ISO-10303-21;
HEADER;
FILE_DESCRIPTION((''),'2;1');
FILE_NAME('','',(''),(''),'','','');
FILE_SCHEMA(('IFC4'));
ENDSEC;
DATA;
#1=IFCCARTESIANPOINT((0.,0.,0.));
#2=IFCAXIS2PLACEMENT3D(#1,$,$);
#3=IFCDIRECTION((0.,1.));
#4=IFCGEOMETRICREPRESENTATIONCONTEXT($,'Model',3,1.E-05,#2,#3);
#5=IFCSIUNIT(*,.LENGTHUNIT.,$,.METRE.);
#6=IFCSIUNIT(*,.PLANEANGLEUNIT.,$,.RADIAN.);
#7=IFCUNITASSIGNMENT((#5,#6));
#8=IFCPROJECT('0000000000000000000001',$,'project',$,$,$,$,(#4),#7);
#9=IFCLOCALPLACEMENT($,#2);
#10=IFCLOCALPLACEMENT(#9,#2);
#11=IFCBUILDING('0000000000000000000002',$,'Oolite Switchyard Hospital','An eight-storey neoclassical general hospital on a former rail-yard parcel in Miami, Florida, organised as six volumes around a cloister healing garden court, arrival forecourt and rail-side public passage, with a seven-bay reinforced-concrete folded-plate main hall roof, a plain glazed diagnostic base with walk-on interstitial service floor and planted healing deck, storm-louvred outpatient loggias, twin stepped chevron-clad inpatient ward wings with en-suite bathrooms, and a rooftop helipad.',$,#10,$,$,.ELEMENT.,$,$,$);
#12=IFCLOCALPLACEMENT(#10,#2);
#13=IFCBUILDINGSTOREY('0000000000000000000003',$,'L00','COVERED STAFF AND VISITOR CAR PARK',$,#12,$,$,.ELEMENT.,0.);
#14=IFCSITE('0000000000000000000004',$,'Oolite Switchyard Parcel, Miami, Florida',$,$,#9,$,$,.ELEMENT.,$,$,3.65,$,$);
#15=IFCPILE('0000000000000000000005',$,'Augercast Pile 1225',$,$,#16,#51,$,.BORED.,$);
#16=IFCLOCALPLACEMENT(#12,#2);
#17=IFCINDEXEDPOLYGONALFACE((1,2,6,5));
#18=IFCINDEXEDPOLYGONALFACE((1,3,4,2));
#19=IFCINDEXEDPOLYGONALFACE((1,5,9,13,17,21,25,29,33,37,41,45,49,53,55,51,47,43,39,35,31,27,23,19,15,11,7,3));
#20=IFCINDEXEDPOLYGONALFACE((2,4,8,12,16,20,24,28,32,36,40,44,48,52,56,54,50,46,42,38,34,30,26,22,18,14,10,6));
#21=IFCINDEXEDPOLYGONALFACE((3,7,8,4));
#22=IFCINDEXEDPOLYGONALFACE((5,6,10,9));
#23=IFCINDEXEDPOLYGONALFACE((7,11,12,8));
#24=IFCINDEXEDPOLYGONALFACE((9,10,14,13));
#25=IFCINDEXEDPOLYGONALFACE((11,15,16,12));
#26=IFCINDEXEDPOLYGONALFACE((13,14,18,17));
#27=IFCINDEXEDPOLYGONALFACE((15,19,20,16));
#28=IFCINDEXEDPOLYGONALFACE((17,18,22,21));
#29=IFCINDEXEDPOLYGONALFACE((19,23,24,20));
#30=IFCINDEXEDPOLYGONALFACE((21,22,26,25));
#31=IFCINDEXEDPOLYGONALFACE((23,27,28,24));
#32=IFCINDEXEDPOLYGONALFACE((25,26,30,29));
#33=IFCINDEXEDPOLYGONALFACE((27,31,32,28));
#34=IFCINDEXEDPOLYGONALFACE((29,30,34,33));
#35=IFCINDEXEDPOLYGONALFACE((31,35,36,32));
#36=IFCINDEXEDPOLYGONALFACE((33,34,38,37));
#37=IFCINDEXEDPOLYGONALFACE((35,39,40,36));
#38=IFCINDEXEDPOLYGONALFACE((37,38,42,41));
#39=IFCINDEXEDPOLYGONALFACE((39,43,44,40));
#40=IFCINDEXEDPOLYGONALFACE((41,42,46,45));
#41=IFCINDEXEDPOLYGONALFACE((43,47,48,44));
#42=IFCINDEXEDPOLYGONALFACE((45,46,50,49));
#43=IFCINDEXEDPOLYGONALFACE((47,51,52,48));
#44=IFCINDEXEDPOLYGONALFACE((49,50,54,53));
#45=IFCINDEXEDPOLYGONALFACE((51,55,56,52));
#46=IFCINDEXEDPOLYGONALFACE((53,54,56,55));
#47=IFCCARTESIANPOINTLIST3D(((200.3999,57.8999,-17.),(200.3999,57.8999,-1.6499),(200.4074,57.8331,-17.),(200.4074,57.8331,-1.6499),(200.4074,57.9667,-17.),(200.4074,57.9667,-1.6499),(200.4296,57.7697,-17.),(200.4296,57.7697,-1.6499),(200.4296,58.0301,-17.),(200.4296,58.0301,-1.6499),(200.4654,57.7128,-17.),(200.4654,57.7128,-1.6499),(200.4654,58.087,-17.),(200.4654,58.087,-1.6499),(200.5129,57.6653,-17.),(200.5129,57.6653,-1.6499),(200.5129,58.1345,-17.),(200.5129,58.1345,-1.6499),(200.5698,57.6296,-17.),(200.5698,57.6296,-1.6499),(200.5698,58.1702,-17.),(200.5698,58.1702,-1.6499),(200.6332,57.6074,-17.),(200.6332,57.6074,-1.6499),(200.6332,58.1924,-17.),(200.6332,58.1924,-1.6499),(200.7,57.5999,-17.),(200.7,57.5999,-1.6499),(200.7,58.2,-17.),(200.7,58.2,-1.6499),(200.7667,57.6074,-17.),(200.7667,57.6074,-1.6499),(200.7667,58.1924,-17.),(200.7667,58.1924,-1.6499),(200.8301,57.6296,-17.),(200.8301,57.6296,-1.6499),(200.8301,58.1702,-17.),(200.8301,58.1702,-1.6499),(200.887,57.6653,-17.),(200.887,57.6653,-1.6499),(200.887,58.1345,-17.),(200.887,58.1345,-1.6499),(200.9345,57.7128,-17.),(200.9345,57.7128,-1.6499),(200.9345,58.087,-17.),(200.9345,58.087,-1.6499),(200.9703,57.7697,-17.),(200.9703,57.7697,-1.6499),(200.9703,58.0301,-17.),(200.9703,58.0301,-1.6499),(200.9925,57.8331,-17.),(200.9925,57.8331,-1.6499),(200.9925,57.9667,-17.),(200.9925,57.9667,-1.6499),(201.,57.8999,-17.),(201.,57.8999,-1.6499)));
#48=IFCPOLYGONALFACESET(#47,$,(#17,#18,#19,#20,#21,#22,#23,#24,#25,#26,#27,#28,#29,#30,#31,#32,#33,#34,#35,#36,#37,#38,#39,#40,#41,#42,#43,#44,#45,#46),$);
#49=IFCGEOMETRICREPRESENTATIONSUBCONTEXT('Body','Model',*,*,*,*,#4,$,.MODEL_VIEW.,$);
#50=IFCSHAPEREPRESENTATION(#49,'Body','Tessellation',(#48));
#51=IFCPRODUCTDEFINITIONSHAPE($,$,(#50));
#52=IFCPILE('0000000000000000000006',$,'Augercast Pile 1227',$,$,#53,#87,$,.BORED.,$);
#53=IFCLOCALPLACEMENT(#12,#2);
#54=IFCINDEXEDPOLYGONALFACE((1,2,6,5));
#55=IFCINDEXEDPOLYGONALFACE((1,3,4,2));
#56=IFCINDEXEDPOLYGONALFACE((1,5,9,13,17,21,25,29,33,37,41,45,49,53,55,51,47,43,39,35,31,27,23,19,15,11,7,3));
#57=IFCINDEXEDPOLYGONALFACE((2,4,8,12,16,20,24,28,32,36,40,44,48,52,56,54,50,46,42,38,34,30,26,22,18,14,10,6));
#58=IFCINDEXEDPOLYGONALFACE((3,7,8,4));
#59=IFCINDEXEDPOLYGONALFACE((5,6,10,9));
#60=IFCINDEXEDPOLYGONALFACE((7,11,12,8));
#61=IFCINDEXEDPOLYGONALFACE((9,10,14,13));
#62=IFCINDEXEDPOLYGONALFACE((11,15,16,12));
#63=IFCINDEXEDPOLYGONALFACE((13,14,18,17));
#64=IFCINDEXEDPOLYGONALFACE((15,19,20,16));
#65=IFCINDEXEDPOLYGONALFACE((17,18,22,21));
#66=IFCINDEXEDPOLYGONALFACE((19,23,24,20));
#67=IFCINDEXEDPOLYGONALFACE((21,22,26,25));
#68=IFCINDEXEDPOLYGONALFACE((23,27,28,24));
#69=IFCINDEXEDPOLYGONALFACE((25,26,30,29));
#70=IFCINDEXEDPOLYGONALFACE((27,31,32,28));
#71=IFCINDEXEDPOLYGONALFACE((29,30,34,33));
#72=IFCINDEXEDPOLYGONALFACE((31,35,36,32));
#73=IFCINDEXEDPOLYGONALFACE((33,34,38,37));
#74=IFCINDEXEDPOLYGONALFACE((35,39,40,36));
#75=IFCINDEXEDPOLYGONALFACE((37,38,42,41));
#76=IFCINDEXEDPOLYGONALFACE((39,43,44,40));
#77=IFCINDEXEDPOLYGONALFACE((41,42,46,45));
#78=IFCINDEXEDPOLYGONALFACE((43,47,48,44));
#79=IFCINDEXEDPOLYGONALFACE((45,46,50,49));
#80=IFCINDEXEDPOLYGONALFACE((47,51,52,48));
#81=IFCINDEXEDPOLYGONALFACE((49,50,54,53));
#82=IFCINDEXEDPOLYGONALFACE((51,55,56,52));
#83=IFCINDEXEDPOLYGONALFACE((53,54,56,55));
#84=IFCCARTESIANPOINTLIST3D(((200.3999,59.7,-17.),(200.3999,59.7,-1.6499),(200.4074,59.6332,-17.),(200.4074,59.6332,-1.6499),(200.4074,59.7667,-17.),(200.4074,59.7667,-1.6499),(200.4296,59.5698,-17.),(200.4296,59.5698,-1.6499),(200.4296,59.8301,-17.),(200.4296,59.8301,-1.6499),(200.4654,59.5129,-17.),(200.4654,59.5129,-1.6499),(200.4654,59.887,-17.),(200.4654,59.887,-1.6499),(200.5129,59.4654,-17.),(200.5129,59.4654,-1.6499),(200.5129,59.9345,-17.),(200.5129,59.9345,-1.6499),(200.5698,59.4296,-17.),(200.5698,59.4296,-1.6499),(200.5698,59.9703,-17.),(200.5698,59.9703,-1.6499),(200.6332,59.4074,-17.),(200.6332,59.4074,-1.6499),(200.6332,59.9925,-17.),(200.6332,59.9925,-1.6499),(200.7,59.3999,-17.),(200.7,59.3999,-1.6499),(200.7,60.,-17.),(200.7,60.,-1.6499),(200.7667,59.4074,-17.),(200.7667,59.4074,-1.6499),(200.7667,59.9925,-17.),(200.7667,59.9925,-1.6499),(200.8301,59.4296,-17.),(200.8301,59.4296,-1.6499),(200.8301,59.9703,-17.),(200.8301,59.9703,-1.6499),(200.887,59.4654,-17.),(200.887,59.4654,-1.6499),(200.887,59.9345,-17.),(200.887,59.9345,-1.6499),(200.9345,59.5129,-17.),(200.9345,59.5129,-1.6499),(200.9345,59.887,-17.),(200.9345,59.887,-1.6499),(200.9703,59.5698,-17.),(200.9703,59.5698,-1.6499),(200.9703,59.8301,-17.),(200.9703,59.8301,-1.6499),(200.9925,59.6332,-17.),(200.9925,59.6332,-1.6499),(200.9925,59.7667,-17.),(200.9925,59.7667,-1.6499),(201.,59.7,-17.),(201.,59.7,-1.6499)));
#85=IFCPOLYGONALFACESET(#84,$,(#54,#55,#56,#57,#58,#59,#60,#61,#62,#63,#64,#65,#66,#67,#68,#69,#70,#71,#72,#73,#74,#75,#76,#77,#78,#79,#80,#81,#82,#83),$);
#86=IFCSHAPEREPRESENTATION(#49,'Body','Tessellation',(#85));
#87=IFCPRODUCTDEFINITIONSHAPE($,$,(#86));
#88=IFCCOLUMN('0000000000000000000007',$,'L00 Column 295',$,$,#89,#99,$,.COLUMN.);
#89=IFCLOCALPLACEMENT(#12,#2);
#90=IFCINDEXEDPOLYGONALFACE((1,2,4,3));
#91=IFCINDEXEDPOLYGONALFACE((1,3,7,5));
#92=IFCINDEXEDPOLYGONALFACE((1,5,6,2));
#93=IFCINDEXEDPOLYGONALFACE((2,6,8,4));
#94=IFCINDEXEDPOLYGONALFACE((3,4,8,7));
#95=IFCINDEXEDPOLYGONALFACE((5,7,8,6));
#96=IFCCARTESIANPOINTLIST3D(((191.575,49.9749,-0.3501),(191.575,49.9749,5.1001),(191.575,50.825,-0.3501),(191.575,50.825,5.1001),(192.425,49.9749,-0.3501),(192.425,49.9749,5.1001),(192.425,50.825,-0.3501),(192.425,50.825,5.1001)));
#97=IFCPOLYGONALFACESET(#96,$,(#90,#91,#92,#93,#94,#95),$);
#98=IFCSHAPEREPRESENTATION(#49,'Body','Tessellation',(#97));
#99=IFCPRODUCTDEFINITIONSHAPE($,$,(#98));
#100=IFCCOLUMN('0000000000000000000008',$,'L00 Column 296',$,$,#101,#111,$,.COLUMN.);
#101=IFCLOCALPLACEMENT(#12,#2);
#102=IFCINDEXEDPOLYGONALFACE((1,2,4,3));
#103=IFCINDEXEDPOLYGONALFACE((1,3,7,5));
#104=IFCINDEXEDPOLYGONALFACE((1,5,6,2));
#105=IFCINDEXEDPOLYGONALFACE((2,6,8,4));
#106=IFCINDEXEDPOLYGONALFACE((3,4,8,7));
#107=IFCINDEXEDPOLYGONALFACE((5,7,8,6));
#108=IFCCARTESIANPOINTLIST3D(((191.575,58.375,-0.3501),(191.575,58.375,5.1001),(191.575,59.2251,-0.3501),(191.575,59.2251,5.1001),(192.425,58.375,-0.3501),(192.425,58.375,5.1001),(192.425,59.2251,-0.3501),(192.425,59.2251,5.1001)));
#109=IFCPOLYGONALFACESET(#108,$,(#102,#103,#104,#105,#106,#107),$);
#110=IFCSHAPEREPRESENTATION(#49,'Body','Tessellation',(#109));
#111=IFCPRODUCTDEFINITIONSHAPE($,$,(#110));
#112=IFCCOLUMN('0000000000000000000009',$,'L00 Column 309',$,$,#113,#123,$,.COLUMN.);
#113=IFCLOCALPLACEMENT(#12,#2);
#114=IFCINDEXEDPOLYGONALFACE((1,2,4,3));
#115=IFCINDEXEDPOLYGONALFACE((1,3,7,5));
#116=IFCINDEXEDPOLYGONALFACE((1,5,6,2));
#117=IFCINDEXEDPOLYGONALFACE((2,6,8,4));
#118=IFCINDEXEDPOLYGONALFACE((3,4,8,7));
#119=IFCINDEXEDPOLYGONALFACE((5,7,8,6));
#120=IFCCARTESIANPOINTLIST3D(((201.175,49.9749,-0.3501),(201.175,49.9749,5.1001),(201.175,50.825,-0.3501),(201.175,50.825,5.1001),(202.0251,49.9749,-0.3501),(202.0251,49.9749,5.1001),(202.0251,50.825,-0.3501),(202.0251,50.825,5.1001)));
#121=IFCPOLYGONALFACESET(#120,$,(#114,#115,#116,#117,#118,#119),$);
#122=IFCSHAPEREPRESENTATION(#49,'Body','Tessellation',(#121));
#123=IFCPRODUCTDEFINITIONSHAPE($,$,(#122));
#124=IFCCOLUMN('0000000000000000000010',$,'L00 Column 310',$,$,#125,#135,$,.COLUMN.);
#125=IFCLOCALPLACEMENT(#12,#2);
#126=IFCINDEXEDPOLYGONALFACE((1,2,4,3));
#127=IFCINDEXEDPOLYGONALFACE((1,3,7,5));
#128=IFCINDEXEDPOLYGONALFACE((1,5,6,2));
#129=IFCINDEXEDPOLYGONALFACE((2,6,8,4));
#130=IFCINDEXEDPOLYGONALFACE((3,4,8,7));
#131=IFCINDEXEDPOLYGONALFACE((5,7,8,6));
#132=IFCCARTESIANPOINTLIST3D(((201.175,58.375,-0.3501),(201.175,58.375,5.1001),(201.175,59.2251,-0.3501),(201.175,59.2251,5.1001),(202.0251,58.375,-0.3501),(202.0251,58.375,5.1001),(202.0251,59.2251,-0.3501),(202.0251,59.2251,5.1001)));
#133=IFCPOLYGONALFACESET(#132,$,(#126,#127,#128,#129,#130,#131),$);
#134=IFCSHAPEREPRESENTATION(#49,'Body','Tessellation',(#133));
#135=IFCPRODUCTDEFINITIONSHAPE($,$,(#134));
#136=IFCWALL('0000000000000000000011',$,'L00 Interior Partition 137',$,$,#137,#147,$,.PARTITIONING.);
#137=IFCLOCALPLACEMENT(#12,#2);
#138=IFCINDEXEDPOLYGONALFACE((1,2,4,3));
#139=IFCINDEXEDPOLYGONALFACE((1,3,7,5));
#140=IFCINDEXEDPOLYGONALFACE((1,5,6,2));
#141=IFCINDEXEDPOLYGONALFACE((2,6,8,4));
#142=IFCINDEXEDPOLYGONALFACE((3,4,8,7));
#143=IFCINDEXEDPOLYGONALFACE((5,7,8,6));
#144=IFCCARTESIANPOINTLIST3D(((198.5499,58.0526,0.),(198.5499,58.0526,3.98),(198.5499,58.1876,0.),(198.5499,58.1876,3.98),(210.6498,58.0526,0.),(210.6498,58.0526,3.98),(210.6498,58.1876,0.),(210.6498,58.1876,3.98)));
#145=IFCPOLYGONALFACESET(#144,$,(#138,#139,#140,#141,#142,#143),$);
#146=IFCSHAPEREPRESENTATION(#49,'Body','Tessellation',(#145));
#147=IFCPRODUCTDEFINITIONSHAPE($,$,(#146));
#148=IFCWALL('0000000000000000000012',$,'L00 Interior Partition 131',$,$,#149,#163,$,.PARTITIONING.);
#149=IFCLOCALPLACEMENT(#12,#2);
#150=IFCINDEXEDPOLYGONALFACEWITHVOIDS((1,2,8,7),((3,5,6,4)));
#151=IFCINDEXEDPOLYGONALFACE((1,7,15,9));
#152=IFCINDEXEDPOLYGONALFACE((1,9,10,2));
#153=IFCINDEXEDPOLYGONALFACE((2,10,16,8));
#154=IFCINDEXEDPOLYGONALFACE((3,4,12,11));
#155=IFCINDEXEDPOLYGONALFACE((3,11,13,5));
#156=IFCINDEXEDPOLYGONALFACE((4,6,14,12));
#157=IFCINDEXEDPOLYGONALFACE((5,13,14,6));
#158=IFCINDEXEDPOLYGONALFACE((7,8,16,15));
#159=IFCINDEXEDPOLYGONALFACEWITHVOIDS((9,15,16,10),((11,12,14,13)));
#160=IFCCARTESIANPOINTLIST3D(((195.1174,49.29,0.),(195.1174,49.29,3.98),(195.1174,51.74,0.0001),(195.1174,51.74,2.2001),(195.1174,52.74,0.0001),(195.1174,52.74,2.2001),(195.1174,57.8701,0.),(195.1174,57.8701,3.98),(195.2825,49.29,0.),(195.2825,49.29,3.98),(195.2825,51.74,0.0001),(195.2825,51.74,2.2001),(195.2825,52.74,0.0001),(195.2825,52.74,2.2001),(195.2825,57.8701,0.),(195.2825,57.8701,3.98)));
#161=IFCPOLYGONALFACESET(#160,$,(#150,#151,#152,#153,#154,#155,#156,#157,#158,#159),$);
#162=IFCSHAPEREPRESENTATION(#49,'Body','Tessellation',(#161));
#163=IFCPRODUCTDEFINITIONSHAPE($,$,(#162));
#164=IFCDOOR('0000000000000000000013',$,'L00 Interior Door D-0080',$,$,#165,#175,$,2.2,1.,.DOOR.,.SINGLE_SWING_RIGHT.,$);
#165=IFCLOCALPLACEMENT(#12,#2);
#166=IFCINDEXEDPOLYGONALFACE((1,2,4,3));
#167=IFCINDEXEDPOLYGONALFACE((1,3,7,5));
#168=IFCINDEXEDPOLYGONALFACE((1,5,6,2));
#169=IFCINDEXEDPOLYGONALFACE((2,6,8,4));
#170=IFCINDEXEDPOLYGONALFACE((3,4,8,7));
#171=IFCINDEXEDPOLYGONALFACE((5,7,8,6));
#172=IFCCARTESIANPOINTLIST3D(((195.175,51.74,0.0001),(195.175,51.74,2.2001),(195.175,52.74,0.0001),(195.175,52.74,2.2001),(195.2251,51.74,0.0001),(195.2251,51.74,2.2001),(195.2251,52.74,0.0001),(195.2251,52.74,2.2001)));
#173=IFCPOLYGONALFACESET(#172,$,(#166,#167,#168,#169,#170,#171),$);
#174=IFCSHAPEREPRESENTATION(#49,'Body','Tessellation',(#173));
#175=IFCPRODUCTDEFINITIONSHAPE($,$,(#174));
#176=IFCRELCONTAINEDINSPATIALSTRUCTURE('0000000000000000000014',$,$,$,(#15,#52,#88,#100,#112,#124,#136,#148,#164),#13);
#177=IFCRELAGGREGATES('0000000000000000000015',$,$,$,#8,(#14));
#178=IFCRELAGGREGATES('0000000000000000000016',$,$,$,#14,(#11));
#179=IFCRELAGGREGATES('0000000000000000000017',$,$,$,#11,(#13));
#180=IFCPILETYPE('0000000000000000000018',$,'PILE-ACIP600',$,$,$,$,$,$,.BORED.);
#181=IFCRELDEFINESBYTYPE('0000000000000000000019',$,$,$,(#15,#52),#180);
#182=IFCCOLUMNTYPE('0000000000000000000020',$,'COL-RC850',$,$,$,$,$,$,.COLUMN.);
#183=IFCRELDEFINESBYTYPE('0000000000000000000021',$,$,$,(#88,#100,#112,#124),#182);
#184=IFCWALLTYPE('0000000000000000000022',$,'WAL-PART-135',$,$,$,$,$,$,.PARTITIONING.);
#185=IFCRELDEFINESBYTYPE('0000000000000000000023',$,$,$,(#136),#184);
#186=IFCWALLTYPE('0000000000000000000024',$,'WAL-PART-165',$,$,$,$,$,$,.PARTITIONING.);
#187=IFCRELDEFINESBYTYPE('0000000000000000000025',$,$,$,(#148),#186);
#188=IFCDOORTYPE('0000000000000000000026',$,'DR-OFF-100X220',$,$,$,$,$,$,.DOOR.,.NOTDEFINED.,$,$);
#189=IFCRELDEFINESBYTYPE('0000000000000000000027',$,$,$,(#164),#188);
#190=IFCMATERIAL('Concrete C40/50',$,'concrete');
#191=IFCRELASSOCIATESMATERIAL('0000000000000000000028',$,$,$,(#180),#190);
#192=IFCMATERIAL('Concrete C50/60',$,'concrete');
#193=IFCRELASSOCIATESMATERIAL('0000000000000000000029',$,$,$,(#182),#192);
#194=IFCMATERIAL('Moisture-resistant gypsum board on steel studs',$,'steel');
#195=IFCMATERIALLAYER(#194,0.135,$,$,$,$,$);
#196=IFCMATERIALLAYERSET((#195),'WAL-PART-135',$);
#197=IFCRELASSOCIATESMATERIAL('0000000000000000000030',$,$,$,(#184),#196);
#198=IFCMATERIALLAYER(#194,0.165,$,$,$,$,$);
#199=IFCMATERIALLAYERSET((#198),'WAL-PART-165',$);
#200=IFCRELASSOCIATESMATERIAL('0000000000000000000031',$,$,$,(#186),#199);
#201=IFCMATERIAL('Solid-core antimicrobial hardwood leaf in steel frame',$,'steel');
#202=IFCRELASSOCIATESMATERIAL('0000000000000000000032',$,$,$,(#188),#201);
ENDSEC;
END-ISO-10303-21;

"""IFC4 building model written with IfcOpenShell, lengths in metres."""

from ifc_helpers import new_model, si_unit, direction, frame, frame_2d, origin, origin_2d, place, context, subcontext, project, spatial, rectangle, circle, extrude, material, layer, layer_set, material_profile, profile_set, type_object, element, fill, save


model = new_model("IFC4")

# Units and contexts
model_context = context("Model", 3, precision=1e-05, world=origin(), true_north=direction((0.0, 1.0)))
body_context = subcontext(model_context, "Body", "Model", "MODEL_VIEW")
ifc_project = project(units=[si_unit("LENGTHUNIT", "METRE"), si_unit("PLANEANGLEUNIT", "RADIAN")], contexts=[model_context])

# Site, building, storey
site_placement = place(None, origin())
site = spatial("IfcSite", under=ifc_project, at=site_placement, Name="Oolite Switchyard Parcel, Miami, Florida", CompositionType="ELEMENT", RefElevation=3.65)
building_placement = place(site_placement, origin())
building = spatial("IfcBuilding", under=site, at=building_placement, Name="Oolite Switchyard Hospital", Description="An eight-storey neoclassical general hospital on a former rail-yard parcel in Miami, Florida, organised as six volumes around a cloister healing garden court, arrival forecourt and rail-side public passage, with a seven-bay reinforced-concrete folded-plate main hall roof, a plain glazed diagnostic base with walk-on interstitial service floor and planted healing deck, storm-louvred outpatient loggias, twin stepped chevron-clad inpatient ward wings with en-suite bathrooms, and a rooftop helipad.", CompositionType="ELEMENT")
storey_placement = place(building_placement, origin())
storey = spatial("IfcBuildingStorey", under=building, at=storey_placement, Name="L00", Description="COVERED STAFF AND VISITOR CAR PARK", CompositionType="ELEMENT", Elevation=0.0)

# Shared definitions
ifc_material_1 = material(Name="Concrete C40/50", Category="concrete")

# Piles
ifc_material_profile_1 = material_profile(ifc_material_1, circle(Radius=0.3, at=origin_2d()), Name="PILE600")
ifc_profile_set_1 = profile_set([ifc_material_profile_1], Name="Concrete C40/50")
pile_type = type_object("IfcPileType", Name="PILE-ACIP600", PredefinedType="BORED", material=ifc_profile_set_1)
for number, where, z_axis, x_axis, name in (
    (1, (200.7, 57.8999, -1.6499), (0.0, 0.0, -1.0), (1.0, 0.0, 0.0), "Augercast Pile 1225"),
    (2, (200.7, 59.7, -1.6499), (0.0, 0.0, -1.0), (1.0, 0.0, 0.0), "Augercast Pile 1227"),
):
    element("IfcPile", number, at=place(storey_placement, frame(where, z_axis=z_axis, x_axis=x_axis)), inside=storey, type_object=pile_type, Name=name, PredefinedType="BORED", context=body_context, shape_type="SweptSolid", body=[
        extrude(circle(Radius=0.3, at=origin_2d()), origin(), (0.0, 0.0, 1.0), 15.3501),
    ])

# Columns
ifc_material_2 = material(Name="Concrete C50/60", Category="concrete")
ifc_material_profile_2 = material_profile(ifc_material_2, rectangle(XDim=0.8501, YDim=0.8501, at=origin_2d()), Name="RC850X850")
ifc_profile_set_2 = profile_set([ifc_material_profile_2], Name="Concrete C50/60")
column_type = type_object("IfcColumnType", Name="COL-RC850", PredefinedType="COLUMN", material=ifc_profile_set_2)
for number, where, z_axis, x_axis, name in (
    (3, (192.0, 50.3999, -0.3501), (0.0, 0.0, 1.0), (1.0, 0.0, 0.0), "L00 Column 295"),
    (4, (192.0, 58.8, -0.3501), (0.0, 0.0, 1.0), (1.0, 0.0, 0.0), "L00 Column 296"),
    (5, (201.6001, 50.3999, -0.3501), (0.0, 0.0, 1.0), (1.0, 0.0, 0.0), "L00 Column 309"),
    (6, (201.6001, 58.8, -0.3501), (0.0, 0.0, 1.0), (1.0, 0.0, 0.0), "L00 Column 310"),
):
    element("IfcColumn", number, at=place(storey_placement, frame(where, z_axis=z_axis, x_axis=x_axis)), inside=storey, type_object=column_type, Name=name, PredefinedType="COLUMN", context=body_context, shape_type="SweptSolid", body=[
        extrude(rectangle(XDim=0.8501, YDim=0.8501, at=origin_2d()), origin(), (0.0, 0.0, 1.0), 5.4502),
    ])

# Wall
ifc_material_3 = material(Name="Moisture-resistant gypsum board on steel studs", Category="steel")
ifc_layer_1 = layer(ifc_material_3, 0.135)
ifc_layer_set_1 = layer_set([ifc_layer_1], Name="WAL-PART-135")
wall_type_1 = type_object("IfcWallType", Name="WAL-PART-135", PredefinedType="PARTITIONING", material=ifc_layer_set_1)
wall_1_placement = place(storey_placement, frame((198.55, 58.1201, 0.0), z_axis=(0.0, 0.0, 1.0), x_axis=(1.0, 0.0, 0.0)))
element("IfcWall", 7, at=wall_1_placement, inside=storey, type_object=wall_type_1, Name="L00 Interior Partition 137", PredefinedType="PARTITIONING", context=body_context, shape_type="SweptSolid", body=[
    extrude(rectangle(XDim=12.0999, YDim=0.135, at=frame_2d((6.0498, 0.0))), origin(), (0.0, 0.0, 1.0), 3.98),
])

# Wall, opening, door
ifc_layer_2 = layer(ifc_material_3, 0.165)
ifc_layer_set_2 = layer_set([ifc_layer_2], Name="WAL-PART-165")
wall_type_2 = type_object("IfcWallType", Name="WAL-PART-165", PredefinedType="PARTITIONING", material=ifc_layer_set_2)
wall_2_placement = place(storey_placement, frame((195.2, 49.29, 0.0), z_axis=(0.0, 0.0, 1.0), x_axis=(0.0, 1.0, 0.0)))
wall_2 = element("IfcWall", 8, at=wall_2_placement, inside=storey, type_object=wall_type_2, Name="L00 Interior Partition 131", PredefinedType="PARTITIONING", context=body_context, shape_type="SweptSolid", body=[
    extrude(rectangle(XDim=8.5801, YDim=0.165, at=frame_2d((4.29, 0.0))), origin(), (0.0, 0.0, 1.0), 3.98),
])
opening_1_placement = place(wall_2_placement, frame((2.45, 0.0, 0.0)))
opening_1 = element("IfcOpeningElement", 9, at=opening_1_placement, cuts=wall_2, PredefinedType="OPENING", context=body_context, shape_type="SweptSolid", body=[
    extrude(rectangle(XDim=1.0, YDim=2.2, at=frame_2d((0.5, 1.1001))), frame((0.0, 0.0925, 0.0), z_axis=(0.0, -1.0, 0.0), x_axis=(1.0, 0.0, 0.0)), (0.0, 0.0, 1.0), 0.1851),
])
ifc_material_4 = material(Name="Solid-core antimicrobial hardwood leaf in steel frame", Category="steel")
door_type_1 = type_object("IfcDoorType", Name="DR-OFF-100X220", OperationType="NOTDEFINED", PredefinedType="DOOR", material=ifc_material_4)
door_1_placement = place(opening_1_placement, origin())
door_1 = element("IfcDoor", 10, at=door_1_placement, inside=storey, type_object=door_type_1, Name="L00 Interior Door D-0080", OperationType="SINGLE_SWING_RIGHT", OverallHeight=2.2, OverallWidth=1.0, PredefinedType="DOOR", context=body_context, shape_type="SweptSolid", body=[
    extrude(rectangle(XDim=1.0, YDim=2.2, at=frame_2d((0.5, 1.1001))), frame((0.0, 0.0249, 0.0), z_axis=(0.0, -1.0, 0.0), x_axis=(1.0, 0.0, 0.0)), (0.0, 0.0, 1.0), 0.05),
])
fill(opening_1, door_1)

save(model, "model.ifc")
